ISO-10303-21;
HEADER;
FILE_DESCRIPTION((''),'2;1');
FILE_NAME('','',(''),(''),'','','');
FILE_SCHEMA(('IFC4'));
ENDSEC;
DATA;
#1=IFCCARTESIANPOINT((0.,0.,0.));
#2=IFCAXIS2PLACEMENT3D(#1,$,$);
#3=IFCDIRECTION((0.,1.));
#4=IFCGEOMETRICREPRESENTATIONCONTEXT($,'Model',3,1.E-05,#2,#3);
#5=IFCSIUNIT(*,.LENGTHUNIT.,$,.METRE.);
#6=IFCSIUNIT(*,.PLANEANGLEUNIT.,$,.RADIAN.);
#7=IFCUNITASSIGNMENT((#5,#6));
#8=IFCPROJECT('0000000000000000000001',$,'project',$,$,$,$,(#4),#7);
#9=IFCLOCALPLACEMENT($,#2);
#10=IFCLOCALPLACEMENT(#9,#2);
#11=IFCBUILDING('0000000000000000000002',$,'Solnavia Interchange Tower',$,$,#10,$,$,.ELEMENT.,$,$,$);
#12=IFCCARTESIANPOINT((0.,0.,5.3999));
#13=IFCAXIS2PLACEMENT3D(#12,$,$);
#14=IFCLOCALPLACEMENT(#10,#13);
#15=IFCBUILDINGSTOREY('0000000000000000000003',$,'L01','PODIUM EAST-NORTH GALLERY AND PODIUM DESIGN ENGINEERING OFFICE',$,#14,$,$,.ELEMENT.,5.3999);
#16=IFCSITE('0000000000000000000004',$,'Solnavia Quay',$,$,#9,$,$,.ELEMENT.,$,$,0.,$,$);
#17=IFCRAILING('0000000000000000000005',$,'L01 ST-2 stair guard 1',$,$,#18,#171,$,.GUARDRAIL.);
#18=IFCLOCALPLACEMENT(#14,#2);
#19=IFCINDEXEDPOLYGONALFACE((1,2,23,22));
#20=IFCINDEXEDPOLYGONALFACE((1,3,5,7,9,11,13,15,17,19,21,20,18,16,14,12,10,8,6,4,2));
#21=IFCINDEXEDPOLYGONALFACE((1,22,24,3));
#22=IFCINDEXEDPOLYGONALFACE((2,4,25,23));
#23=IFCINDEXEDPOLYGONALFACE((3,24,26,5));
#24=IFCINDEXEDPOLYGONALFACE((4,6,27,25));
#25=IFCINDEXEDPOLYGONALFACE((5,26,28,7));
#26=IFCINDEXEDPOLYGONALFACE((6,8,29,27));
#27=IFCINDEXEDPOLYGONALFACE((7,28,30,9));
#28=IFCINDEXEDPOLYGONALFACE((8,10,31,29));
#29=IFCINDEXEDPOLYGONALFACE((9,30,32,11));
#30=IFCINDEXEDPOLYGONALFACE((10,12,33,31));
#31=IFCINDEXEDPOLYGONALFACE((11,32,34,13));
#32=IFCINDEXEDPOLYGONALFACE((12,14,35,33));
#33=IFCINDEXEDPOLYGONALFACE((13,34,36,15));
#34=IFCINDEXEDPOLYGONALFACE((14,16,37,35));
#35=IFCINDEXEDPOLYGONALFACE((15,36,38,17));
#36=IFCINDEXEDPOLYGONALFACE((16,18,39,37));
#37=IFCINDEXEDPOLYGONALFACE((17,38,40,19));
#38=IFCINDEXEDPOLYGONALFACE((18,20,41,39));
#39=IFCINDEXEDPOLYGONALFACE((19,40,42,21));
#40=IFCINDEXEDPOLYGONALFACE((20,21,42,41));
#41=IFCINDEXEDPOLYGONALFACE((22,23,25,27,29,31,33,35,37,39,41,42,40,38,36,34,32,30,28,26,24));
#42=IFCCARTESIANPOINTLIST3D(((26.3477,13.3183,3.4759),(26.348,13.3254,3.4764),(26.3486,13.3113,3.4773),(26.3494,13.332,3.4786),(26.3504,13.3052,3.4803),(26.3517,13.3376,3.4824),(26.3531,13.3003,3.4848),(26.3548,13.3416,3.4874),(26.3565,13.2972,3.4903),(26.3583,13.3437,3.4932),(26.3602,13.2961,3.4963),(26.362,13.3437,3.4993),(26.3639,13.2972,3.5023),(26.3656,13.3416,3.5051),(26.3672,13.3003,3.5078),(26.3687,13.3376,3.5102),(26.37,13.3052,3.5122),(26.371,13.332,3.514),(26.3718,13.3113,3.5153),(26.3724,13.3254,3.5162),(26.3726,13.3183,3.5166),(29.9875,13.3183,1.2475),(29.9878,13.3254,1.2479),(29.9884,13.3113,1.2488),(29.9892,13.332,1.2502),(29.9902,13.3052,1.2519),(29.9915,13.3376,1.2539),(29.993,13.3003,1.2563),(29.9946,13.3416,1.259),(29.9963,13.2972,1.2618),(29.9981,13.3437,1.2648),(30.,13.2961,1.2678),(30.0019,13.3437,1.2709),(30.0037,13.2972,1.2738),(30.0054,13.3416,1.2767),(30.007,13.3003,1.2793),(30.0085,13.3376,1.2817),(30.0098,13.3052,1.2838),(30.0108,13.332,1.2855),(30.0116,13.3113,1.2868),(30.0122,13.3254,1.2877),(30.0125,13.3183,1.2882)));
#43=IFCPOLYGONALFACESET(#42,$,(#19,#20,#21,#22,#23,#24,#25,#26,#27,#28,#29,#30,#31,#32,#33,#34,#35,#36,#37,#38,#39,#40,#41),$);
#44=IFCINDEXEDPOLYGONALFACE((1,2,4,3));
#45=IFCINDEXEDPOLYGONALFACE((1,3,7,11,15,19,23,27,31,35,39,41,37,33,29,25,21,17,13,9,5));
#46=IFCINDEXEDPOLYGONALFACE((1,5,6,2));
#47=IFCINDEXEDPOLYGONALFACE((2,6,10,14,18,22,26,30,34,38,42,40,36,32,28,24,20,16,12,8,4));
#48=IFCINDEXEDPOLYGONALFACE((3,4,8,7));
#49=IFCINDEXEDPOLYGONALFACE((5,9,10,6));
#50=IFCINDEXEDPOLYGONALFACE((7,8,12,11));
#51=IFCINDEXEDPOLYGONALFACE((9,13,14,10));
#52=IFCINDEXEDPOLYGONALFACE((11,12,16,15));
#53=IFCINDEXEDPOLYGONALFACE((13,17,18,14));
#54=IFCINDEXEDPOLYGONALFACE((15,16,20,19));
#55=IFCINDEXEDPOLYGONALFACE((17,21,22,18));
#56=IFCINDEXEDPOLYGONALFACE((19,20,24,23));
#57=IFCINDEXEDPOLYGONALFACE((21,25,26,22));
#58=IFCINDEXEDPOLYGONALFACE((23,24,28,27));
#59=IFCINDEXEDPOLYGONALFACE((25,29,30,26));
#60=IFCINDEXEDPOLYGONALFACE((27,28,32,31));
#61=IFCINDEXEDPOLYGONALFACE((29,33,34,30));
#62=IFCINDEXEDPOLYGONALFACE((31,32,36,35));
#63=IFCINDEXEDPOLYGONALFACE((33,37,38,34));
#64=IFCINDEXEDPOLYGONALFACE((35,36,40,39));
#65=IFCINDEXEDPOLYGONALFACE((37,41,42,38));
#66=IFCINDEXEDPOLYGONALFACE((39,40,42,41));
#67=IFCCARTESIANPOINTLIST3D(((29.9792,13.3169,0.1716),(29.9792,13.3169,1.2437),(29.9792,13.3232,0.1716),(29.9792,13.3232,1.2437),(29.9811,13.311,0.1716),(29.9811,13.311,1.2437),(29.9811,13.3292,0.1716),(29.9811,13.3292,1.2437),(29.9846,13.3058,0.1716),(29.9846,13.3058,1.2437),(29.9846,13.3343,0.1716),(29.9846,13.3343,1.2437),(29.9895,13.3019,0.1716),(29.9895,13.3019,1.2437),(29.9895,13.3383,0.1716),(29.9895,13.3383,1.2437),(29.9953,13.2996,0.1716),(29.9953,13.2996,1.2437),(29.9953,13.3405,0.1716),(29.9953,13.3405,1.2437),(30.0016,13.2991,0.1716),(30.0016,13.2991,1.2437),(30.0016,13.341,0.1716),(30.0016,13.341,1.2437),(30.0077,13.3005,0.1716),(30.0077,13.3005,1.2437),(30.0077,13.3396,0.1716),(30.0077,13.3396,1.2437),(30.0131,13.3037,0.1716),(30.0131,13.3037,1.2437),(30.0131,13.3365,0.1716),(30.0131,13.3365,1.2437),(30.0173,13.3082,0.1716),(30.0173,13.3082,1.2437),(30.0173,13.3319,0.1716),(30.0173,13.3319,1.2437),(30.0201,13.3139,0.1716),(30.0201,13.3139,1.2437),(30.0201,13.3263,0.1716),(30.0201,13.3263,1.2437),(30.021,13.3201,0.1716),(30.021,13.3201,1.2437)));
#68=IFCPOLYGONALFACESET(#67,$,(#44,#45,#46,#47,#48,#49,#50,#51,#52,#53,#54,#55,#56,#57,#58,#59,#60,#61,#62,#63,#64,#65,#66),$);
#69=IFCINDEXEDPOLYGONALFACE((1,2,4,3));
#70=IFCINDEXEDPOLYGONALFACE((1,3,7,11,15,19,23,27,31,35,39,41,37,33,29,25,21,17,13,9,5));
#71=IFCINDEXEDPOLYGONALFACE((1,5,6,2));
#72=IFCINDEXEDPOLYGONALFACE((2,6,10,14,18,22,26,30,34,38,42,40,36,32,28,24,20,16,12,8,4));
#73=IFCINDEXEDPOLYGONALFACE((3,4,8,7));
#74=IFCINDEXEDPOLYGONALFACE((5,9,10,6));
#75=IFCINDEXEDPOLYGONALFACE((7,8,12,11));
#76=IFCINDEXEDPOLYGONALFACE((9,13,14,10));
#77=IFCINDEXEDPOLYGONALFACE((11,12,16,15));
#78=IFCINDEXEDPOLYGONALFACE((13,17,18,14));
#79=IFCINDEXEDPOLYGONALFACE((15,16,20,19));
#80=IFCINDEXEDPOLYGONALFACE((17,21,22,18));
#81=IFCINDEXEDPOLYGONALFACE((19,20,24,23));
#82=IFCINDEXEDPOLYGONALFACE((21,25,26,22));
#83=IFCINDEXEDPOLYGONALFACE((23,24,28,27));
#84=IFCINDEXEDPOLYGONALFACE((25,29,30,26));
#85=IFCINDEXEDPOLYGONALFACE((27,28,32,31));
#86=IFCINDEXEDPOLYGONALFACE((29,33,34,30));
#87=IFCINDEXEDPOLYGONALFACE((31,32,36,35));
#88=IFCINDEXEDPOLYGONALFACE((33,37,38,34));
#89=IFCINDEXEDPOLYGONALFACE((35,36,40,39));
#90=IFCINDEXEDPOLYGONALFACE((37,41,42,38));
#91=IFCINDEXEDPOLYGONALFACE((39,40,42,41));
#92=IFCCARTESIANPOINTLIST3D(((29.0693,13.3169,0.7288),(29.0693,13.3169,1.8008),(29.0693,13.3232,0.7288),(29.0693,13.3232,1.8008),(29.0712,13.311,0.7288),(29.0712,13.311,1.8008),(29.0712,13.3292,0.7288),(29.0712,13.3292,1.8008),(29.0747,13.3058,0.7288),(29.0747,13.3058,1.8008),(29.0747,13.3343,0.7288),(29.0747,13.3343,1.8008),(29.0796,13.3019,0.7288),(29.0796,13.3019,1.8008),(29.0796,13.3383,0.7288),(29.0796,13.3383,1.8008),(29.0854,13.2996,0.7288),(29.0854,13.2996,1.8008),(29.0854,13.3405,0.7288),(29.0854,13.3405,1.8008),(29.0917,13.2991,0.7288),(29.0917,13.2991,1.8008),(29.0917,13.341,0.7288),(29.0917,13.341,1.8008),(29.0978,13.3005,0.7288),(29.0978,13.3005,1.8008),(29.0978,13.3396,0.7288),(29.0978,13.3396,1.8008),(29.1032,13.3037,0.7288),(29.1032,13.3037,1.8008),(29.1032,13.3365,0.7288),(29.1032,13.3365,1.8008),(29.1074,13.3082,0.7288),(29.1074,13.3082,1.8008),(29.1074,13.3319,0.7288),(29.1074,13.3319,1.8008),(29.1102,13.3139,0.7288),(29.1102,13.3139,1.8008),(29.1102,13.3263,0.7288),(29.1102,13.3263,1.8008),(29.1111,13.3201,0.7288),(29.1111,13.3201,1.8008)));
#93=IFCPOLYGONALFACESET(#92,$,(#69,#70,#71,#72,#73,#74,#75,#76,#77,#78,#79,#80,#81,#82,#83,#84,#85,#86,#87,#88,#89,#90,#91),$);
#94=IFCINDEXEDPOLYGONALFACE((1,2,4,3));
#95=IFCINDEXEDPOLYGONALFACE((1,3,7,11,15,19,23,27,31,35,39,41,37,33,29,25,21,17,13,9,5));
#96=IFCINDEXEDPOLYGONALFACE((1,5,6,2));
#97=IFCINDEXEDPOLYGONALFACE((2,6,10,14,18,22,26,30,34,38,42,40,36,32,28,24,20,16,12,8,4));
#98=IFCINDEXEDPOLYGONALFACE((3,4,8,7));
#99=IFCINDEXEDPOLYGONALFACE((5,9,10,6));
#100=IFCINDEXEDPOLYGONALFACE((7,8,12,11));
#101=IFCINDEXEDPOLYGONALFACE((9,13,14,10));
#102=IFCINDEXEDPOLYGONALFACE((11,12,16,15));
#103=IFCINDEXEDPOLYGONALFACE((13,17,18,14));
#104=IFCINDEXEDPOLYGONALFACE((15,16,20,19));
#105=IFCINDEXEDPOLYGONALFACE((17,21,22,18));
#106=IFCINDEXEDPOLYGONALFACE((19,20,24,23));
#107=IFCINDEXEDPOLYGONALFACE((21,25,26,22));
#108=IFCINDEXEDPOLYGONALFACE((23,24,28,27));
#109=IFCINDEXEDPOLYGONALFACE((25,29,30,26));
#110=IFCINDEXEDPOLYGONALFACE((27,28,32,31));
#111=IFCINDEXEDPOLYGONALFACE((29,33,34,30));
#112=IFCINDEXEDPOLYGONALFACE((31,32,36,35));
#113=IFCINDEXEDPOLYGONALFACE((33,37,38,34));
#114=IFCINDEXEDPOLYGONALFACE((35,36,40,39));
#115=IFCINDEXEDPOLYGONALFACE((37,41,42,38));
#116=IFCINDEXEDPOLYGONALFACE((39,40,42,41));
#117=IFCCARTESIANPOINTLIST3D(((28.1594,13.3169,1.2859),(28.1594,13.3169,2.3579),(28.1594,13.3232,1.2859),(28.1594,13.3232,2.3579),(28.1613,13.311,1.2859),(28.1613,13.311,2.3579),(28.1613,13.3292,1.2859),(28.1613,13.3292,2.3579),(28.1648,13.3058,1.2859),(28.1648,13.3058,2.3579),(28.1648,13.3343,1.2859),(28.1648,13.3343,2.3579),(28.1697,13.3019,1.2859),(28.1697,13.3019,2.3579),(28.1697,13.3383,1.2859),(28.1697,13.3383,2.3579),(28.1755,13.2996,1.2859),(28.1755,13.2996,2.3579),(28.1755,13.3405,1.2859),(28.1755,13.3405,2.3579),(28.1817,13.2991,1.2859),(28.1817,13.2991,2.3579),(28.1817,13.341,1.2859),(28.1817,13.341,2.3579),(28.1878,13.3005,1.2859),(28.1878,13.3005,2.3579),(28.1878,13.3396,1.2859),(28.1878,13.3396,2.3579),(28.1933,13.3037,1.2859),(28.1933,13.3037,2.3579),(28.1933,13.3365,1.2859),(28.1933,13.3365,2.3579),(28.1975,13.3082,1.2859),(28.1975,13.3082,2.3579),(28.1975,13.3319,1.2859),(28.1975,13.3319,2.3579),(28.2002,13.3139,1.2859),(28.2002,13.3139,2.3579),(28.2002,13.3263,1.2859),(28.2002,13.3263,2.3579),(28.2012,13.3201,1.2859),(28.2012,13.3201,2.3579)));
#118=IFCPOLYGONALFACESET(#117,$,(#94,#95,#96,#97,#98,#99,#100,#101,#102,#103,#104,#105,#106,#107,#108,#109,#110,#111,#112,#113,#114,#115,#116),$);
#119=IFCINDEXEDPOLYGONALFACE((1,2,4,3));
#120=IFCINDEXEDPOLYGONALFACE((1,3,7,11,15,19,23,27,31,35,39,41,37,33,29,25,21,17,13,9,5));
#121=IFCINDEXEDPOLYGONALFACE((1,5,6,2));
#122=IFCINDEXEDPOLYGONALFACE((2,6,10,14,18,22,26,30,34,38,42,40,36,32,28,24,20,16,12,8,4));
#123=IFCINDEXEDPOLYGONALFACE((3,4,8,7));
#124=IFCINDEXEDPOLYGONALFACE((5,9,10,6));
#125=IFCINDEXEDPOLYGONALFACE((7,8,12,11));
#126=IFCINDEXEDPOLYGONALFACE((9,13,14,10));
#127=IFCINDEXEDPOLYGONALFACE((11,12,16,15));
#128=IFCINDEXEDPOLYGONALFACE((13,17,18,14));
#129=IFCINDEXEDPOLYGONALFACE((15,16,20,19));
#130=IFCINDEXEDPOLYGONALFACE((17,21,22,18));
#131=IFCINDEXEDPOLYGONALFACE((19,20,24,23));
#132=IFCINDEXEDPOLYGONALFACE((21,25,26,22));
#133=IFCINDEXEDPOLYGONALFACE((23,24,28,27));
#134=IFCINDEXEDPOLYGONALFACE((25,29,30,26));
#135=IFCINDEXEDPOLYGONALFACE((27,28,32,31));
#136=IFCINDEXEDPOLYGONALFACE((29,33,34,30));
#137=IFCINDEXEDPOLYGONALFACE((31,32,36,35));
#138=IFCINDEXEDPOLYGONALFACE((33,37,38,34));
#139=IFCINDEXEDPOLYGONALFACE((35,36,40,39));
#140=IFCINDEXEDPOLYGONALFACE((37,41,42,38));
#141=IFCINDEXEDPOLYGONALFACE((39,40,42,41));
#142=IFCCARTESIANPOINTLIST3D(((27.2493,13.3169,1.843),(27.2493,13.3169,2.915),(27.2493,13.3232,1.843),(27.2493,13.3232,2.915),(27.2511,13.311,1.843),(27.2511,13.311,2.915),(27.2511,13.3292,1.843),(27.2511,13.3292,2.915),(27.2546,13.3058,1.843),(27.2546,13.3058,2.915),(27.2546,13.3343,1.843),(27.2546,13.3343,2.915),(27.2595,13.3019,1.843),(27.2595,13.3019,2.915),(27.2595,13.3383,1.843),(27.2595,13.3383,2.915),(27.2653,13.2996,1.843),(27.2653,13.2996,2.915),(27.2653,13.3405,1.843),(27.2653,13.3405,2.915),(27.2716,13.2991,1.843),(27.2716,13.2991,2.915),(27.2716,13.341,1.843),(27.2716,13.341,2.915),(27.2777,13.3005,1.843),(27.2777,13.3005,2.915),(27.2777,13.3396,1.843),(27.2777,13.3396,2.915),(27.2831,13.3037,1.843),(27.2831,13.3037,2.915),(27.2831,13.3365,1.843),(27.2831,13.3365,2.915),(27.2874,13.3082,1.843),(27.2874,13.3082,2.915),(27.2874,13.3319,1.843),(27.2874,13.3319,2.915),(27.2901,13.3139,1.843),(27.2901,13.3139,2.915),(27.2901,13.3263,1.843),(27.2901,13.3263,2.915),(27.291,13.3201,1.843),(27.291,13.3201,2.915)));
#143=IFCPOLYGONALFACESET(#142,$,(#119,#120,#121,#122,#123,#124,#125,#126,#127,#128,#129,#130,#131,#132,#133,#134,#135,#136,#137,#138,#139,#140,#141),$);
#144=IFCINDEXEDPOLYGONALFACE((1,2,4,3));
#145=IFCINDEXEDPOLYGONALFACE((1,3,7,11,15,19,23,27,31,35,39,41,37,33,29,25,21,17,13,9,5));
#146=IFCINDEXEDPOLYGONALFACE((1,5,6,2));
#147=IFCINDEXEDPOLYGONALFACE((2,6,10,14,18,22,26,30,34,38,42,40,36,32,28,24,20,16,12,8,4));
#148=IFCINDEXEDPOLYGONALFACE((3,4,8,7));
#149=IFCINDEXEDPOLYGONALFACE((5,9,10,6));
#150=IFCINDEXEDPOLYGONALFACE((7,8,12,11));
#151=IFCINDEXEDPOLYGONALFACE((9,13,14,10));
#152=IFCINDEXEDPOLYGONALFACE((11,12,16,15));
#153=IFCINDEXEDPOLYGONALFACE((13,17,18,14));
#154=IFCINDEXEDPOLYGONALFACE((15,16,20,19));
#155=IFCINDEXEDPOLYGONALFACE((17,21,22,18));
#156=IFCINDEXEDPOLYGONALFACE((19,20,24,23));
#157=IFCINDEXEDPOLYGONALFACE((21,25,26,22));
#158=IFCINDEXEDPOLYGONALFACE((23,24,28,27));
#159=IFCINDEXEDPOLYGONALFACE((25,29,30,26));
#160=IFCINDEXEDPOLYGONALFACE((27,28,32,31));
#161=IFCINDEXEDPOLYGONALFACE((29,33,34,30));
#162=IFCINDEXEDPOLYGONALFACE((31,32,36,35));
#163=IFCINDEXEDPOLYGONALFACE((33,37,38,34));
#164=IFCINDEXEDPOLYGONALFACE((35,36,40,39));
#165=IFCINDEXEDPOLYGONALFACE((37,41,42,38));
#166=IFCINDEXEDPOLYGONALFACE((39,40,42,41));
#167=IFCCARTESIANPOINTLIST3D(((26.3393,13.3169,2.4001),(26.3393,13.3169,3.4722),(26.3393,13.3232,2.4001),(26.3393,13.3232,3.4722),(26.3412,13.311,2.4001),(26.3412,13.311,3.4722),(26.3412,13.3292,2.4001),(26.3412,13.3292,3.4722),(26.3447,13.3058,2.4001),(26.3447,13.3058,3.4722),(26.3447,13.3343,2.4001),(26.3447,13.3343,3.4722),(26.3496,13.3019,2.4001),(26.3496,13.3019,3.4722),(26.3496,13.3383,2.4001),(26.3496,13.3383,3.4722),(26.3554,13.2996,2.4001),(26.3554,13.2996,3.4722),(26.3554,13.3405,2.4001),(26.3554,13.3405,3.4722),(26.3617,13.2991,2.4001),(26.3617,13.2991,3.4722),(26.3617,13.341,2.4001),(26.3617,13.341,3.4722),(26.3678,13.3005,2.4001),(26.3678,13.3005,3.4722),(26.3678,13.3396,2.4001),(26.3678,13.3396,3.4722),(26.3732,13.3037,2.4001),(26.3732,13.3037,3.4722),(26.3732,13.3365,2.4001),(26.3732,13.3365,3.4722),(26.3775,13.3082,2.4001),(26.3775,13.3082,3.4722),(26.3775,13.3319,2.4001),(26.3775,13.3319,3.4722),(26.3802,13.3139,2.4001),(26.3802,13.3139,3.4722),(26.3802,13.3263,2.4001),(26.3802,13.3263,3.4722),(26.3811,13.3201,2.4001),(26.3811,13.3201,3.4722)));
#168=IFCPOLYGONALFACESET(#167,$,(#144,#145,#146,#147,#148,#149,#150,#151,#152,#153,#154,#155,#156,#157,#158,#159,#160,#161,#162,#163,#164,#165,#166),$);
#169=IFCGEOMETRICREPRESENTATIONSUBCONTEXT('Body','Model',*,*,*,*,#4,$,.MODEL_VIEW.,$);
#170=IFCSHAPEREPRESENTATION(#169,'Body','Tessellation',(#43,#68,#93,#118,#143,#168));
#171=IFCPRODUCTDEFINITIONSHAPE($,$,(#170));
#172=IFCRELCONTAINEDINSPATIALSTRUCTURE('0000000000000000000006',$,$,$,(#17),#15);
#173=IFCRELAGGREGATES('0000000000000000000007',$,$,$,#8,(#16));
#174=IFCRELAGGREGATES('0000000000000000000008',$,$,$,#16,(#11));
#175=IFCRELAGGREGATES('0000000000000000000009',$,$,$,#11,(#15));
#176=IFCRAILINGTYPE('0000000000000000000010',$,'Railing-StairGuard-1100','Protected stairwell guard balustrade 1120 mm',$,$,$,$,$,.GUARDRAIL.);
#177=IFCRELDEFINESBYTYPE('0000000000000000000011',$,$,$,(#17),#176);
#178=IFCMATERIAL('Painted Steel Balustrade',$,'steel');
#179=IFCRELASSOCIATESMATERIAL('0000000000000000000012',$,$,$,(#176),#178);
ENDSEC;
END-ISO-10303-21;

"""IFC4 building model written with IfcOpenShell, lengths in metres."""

from ifc_helpers import new_model, si_unit, direction, frame, origin, origin_2d, place, context, subcontext, project, spatial, circle, extrude, material, type_object, element, save


model = new_model("IFC4")

# Units and contexts
model_context = context("Model", 3, precision=1e-05, world=origin(), true_north=direction((0.0, 1.0)))
body_context = subcontext(model_context, "Body", "Model", "MODEL_VIEW")
ifc_project = project(units=[si_unit("LENGTHUNIT", "METRE"), si_unit("PLANEANGLEUNIT", "RADIAN")], contexts=[model_context])

# Site, building, storey
site_placement = place(None, origin())
site = spatial("IfcSite", under=ifc_project, at=site_placement, Name="Solnavia Quay", CompositionType="ELEMENT", RefElevation=0.0)
building_placement = place(site_placement, origin())
building = spatial("IfcBuilding", under=site, at=building_placement, Name="Solnavia Interchange Tower", CompositionType="ELEMENT")
storey_placement = place(building_placement, frame((0.0, 0.0, 5.3999)))
storey = spatial("IfcBuildingStorey", under=building, at=storey_placement, Name="L01", Description="PODIUM EAST-NORTH GALLERY AND PODIUM DESIGN ENGINEERING OFFICE", CompositionType="ELEMENT", Elevation=5.3999)

# Railing
ifc_material_1 = material(Name="Painted Steel Balustrade", Category="steel")
railing_type_1 = type_object("IfcRailingType", Name="Railing-StairGuard-1100", Description="Protected stairwell guard balustrade 1120 mm", PredefinedType="GUARDRAIL", material=ifc_material_1)
railing_1_placement = place(storey_placement, frame((30.0, 13.3201, 0.1716)))
element("IfcRailing", 1, at=railing_1_placement, inside=storey, type_object=railing_type_1, Name="L01 ST-2 stair guard 1", PredefinedType="GUARDRAIL", context=body_context, shape_type="SweptSolid", body=[
    extrude(circle(Radius=0.0239, at=origin_2d()), frame((0.0, 0.0, 1.0962), z_axis=(-0.85285, 0.0, 0.522156), x_axis=(0.0, -1.0, 0.0)), (0.0, 0.0, 1.0), 4.2678),
    extrude(circle(Radius=0.021, at=origin_2d()), origin(), (0.0, 0.0, 1.0), 1.072),
    extrude(circle(Radius=0.021, at=origin_2d()), frame((-0.9099, 0.0, 0.5571)), (0.0, 0.0, 1.0), 1.072),
    extrude(circle(Radius=0.021, at=origin_2d()), frame((-1.8198, 0.0, 1.1143)), (0.0, 0.0, 1.0), 1.072),
    extrude(circle(Radius=0.021, at=origin_2d()), frame((-2.73, 0.0, 1.6714)), (0.0, 0.0, 1.0), 1.072),
    extrude(circle(Radius=0.021, at=origin_2d()), frame((-3.6399, 0.0, 2.2285)), (0.0, 0.0, 1.0), 1.072),
])

save(model, "model.ifc")
